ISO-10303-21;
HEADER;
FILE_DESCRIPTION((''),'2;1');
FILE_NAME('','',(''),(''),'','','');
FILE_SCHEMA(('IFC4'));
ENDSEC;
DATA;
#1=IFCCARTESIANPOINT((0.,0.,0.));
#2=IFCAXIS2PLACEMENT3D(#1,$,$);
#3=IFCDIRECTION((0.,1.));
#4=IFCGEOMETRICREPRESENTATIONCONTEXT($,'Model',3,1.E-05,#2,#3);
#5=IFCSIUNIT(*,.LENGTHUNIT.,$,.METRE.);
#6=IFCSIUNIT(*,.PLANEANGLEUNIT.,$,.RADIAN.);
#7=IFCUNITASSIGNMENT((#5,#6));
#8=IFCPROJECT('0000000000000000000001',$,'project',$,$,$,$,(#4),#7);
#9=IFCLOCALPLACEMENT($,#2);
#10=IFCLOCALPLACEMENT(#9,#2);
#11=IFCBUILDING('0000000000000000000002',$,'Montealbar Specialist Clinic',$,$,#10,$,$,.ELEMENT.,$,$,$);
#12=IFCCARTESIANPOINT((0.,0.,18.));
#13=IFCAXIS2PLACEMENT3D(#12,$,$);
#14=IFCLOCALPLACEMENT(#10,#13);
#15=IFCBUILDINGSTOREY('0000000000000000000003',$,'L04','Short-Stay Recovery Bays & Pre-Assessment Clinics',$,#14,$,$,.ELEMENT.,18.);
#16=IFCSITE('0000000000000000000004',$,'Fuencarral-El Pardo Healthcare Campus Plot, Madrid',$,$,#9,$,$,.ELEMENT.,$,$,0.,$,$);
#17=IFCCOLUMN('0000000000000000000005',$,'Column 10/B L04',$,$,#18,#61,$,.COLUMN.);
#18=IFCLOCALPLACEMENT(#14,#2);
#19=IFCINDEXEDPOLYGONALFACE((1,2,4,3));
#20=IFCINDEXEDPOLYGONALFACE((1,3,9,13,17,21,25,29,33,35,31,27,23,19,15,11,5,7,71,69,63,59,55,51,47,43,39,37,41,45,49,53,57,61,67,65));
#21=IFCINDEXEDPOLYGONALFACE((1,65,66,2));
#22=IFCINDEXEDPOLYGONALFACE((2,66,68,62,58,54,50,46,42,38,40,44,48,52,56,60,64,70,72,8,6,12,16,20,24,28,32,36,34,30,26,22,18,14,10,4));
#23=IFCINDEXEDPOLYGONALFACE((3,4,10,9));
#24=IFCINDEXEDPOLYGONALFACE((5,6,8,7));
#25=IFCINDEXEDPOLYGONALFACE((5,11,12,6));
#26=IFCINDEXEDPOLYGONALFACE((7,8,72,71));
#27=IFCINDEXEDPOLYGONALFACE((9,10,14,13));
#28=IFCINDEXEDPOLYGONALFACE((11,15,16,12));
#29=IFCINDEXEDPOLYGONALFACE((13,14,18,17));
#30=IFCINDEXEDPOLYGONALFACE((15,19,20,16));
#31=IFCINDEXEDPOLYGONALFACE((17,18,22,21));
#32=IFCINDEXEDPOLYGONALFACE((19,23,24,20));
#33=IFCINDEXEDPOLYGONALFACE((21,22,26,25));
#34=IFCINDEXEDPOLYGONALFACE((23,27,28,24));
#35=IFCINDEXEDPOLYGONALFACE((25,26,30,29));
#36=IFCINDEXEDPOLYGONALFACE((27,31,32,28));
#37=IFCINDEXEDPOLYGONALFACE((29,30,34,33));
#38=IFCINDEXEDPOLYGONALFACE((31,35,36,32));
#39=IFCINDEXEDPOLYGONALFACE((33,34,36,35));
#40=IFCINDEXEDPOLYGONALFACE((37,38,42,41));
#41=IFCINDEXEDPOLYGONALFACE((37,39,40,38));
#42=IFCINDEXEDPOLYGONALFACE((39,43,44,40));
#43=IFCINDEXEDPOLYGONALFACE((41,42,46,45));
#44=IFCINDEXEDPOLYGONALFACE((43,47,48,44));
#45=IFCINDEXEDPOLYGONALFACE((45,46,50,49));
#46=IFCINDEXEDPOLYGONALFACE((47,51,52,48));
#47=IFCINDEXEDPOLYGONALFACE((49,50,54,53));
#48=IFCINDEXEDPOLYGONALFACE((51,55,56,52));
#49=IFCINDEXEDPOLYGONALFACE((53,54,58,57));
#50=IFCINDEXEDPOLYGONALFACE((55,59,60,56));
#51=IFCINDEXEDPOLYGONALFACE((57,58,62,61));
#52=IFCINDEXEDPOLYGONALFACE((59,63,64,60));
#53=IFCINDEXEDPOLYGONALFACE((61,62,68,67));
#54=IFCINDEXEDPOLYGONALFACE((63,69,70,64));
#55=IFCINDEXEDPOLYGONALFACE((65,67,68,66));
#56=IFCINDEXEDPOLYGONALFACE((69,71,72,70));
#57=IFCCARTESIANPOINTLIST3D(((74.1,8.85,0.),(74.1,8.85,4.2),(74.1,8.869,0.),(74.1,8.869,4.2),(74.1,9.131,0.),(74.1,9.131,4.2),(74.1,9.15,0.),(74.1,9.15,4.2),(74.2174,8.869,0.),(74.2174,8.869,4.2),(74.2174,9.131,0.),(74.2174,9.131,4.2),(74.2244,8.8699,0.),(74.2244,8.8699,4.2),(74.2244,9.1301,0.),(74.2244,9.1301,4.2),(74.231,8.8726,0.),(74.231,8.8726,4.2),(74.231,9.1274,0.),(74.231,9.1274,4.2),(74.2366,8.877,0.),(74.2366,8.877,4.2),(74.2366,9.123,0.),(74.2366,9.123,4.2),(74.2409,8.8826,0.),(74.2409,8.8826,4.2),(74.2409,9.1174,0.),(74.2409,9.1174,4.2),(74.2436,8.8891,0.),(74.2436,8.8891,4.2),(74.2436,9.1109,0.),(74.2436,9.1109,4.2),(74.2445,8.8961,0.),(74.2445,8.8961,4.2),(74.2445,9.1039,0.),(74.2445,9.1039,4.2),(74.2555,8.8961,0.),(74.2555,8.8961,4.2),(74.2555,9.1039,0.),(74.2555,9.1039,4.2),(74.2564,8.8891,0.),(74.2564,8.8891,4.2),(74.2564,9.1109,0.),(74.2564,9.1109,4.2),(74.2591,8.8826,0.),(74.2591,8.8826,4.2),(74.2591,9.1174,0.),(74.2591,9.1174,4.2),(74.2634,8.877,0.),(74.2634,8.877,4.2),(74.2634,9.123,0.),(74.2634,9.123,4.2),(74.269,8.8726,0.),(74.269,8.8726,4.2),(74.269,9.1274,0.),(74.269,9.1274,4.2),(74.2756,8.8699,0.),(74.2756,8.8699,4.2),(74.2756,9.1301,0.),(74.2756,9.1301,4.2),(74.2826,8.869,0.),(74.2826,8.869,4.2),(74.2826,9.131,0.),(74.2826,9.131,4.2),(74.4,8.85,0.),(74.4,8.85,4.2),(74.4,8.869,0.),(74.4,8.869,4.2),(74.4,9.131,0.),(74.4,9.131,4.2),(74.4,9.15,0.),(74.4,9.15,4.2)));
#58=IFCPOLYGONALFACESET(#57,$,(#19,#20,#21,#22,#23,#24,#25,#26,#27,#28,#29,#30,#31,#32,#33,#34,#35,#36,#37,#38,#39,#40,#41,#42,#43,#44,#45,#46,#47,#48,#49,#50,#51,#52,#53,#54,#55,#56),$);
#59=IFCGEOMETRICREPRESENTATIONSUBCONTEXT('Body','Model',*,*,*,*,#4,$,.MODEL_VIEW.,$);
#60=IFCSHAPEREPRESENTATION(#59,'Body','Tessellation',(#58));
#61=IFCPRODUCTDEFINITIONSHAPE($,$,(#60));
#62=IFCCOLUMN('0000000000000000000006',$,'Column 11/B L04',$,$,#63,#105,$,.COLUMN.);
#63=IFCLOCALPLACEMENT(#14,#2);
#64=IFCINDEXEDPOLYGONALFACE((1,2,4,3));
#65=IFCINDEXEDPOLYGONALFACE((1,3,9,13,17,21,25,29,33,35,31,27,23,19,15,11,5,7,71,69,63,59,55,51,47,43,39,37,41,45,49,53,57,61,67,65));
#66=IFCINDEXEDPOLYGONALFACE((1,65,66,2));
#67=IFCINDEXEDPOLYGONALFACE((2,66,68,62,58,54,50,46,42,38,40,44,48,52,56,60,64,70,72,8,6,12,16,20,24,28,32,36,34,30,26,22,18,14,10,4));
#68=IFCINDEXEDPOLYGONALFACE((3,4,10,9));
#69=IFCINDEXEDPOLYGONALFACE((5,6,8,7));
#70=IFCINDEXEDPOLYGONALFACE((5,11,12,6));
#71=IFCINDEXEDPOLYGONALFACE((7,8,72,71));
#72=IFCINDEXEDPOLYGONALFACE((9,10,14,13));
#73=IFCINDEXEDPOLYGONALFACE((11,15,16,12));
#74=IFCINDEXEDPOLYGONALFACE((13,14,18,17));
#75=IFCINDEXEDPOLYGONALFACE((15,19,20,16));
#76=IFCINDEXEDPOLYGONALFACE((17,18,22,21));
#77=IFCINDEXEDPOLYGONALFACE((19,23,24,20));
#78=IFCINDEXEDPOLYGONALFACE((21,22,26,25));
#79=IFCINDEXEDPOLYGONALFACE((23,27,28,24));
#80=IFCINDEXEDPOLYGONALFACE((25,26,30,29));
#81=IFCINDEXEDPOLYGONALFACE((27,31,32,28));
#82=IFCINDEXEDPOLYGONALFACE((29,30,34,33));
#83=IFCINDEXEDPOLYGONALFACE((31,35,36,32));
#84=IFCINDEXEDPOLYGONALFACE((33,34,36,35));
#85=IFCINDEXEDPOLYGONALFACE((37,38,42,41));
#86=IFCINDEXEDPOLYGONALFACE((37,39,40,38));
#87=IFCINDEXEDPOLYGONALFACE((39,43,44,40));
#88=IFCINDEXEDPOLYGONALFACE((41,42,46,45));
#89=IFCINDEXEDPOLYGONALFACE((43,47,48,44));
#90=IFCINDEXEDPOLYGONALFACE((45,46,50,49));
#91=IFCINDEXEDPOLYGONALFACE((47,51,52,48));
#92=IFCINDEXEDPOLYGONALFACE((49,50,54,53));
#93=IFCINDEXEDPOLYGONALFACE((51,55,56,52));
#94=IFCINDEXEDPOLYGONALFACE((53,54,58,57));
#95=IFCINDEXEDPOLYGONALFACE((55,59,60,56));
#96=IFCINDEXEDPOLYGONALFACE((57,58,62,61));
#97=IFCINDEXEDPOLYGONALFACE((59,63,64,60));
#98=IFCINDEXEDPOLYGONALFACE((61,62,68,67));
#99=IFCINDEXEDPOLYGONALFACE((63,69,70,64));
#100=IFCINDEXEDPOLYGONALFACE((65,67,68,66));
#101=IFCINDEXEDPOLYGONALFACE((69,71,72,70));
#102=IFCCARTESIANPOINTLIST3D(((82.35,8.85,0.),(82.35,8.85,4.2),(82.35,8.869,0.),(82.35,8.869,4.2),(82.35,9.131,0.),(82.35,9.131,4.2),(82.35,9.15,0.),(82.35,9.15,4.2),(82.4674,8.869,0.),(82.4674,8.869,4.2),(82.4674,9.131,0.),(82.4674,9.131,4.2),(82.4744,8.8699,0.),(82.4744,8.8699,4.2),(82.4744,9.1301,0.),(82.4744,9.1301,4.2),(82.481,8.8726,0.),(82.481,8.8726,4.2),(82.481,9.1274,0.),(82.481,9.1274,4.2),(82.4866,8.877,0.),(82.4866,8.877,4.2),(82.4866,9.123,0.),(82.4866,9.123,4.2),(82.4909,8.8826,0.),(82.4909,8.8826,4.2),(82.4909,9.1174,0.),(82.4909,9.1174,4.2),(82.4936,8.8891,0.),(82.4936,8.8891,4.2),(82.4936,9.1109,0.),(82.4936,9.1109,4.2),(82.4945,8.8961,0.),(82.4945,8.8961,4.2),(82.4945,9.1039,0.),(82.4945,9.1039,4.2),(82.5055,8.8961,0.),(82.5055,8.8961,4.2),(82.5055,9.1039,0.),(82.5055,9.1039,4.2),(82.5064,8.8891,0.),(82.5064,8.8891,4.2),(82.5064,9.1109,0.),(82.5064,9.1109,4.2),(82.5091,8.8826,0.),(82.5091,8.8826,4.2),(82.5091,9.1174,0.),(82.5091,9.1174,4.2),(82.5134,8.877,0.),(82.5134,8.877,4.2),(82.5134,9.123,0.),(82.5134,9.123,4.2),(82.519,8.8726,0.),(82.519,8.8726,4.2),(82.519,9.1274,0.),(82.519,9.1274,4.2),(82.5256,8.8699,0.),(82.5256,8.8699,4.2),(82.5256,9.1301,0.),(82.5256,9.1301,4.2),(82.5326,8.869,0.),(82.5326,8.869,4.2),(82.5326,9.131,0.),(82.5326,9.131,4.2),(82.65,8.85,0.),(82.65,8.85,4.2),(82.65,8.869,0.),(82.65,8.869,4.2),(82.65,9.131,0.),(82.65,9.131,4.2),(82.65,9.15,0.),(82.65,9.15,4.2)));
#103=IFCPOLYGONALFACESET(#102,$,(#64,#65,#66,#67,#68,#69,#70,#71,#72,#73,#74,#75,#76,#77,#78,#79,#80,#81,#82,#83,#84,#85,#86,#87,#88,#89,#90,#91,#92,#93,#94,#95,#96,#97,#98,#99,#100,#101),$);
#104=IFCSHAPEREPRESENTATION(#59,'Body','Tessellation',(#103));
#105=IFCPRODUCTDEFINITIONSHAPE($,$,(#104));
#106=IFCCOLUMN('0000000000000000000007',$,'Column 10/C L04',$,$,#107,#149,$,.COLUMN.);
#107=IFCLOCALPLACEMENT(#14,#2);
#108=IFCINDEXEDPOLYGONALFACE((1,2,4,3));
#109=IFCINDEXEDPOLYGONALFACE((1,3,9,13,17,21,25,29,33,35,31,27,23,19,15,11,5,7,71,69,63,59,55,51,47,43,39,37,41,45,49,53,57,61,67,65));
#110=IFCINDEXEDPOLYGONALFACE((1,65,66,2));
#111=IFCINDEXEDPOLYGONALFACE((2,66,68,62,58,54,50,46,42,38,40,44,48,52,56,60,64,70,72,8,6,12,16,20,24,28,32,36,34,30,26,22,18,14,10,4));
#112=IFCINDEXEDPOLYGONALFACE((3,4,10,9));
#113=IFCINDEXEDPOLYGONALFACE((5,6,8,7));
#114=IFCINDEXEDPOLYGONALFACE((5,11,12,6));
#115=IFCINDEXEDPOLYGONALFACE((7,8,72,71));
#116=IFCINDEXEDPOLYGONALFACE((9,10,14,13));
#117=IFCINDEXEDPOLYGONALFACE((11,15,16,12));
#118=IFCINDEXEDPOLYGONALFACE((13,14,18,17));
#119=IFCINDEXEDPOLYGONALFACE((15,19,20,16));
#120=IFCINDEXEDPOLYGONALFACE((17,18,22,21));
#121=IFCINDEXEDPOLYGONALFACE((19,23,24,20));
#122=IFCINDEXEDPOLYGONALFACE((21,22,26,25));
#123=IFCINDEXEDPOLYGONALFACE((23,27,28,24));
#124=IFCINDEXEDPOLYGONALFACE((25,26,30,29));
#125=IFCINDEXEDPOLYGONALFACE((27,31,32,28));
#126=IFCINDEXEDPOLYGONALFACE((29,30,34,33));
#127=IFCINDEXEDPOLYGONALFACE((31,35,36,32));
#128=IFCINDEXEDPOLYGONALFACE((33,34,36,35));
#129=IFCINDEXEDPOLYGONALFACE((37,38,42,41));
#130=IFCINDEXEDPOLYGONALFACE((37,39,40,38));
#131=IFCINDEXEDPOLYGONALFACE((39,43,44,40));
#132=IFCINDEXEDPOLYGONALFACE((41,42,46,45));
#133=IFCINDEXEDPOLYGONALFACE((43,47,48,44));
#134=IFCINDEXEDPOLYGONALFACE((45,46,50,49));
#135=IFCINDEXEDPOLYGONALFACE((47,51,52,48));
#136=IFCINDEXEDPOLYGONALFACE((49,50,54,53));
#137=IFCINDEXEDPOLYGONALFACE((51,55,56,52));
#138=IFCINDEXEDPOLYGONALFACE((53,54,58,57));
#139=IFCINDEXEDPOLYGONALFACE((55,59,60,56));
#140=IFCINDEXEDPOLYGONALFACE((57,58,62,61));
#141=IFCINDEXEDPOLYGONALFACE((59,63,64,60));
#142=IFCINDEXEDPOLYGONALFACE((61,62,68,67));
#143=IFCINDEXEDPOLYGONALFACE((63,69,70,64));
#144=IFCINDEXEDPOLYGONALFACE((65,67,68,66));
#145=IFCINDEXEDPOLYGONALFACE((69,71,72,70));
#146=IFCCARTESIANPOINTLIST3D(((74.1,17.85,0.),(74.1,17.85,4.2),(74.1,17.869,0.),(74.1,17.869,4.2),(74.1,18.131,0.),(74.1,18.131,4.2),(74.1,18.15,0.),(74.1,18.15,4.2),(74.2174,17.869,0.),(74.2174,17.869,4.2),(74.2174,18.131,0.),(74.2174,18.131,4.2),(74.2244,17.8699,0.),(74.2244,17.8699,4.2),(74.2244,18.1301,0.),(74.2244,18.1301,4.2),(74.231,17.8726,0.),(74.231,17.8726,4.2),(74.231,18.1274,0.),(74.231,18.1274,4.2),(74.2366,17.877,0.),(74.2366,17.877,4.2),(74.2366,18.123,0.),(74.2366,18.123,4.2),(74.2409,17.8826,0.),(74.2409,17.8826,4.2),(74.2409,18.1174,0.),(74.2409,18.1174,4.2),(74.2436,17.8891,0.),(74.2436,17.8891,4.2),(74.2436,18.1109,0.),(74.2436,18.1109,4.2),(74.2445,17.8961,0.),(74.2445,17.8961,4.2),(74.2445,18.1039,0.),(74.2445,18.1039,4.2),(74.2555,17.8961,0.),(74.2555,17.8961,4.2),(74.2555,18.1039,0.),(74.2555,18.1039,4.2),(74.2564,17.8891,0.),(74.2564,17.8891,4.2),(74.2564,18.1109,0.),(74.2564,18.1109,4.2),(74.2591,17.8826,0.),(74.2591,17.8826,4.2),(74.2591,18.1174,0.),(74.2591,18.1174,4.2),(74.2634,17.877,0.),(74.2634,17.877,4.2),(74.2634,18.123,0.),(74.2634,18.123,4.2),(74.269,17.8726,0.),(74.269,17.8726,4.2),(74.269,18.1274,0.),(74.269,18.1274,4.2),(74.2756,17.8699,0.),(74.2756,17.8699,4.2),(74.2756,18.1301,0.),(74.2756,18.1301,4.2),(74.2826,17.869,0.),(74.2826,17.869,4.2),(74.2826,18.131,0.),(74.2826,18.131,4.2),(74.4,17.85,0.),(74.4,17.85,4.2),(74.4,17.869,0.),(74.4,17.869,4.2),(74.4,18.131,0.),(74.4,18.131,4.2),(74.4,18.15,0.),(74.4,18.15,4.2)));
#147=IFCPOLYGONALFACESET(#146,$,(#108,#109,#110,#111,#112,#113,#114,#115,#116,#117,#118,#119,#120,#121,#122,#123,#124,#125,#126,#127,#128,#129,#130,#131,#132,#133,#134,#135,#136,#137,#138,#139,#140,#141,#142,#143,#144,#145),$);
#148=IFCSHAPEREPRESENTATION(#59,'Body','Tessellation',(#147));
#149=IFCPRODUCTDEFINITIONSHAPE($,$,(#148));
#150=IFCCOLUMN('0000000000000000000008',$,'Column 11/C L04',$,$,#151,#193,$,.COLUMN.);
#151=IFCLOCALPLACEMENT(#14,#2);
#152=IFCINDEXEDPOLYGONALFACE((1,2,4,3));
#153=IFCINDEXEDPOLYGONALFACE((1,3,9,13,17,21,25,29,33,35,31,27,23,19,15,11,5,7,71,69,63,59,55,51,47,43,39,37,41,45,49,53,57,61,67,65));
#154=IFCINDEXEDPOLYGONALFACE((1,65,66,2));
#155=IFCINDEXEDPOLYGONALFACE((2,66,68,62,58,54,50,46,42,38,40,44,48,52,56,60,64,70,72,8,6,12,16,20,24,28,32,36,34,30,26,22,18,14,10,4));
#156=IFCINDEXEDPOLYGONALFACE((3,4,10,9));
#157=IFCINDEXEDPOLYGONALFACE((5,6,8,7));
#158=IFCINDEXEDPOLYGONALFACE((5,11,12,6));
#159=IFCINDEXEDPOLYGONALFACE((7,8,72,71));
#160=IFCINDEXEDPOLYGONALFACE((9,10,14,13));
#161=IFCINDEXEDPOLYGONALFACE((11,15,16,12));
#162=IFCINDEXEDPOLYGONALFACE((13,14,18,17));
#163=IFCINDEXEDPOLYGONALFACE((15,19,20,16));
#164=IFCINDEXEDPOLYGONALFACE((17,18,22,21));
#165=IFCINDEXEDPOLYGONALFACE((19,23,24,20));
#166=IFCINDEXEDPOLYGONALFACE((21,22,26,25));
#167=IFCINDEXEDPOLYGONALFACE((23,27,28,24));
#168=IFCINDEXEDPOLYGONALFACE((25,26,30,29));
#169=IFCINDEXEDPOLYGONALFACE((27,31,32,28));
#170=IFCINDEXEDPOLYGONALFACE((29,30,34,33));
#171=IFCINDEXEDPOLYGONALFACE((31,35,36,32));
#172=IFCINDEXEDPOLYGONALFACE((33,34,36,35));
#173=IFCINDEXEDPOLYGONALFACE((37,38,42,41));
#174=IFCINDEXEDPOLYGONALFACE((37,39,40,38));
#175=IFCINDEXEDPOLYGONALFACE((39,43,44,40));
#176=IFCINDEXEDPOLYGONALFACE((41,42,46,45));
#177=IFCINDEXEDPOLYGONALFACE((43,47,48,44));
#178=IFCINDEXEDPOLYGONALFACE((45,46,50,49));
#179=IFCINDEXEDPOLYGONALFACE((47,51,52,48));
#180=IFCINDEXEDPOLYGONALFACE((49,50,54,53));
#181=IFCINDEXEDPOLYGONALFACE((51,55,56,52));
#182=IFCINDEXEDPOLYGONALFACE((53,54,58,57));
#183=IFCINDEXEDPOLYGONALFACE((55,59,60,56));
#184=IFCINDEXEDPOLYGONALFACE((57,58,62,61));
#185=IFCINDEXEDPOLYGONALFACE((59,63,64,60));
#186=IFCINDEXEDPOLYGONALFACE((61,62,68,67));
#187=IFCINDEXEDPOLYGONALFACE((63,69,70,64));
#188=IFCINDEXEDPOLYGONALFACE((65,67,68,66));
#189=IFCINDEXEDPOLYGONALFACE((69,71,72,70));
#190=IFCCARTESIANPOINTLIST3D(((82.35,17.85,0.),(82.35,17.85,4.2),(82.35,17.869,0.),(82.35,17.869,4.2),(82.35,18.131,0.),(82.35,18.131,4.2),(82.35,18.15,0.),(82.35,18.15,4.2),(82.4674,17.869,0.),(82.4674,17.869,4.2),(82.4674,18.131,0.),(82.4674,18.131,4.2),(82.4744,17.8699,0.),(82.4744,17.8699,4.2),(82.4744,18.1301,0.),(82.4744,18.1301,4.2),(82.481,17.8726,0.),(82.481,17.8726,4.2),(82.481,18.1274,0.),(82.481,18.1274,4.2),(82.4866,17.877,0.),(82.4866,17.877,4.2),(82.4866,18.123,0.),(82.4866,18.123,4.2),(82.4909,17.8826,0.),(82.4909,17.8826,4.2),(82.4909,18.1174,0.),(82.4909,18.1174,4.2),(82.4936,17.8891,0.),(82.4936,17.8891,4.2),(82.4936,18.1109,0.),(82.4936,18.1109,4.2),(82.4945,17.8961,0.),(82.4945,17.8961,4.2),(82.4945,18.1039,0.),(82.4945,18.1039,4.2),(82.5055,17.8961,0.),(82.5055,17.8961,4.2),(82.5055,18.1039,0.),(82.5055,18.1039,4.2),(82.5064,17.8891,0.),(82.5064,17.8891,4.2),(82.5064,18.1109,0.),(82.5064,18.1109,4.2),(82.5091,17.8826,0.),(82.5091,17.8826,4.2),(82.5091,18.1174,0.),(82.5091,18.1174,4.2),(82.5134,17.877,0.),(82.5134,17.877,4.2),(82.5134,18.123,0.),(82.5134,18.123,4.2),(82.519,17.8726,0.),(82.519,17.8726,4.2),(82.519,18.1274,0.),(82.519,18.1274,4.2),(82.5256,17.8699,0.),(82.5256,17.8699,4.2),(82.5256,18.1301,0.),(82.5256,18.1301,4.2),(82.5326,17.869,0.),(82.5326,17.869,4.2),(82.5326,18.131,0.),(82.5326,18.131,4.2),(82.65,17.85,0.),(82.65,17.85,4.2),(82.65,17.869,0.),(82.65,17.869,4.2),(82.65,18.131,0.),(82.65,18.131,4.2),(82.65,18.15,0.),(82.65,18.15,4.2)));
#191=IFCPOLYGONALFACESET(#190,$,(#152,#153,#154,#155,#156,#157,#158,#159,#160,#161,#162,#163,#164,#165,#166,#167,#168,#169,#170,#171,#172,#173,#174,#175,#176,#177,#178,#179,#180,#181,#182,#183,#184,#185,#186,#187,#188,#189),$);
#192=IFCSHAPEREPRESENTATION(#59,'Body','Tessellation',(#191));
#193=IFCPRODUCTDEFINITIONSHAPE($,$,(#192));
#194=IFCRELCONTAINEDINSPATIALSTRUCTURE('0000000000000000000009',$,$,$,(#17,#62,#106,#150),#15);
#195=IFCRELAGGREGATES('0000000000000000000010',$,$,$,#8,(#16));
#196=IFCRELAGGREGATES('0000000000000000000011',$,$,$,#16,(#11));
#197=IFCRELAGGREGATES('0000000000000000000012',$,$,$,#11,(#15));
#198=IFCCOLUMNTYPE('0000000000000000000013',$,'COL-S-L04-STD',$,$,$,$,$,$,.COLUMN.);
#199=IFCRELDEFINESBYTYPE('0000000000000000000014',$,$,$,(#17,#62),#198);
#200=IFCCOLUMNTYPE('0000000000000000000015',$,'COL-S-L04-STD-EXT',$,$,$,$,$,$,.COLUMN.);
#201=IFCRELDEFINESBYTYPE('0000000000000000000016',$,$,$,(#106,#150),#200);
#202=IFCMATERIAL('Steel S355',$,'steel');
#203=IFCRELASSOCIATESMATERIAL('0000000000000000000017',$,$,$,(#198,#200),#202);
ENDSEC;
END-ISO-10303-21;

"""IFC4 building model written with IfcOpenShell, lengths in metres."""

from ifc_helpers import new_model, si_unit, direction, frame, origin, origin_2d, place, context, subcontext, project, spatial, i_section, extrude, material, material_profile, profile_set, type_object, element, save


model = new_model("IFC4")

# Units and contexts
model_context = context("Model", 3, precision=1e-05, world=origin(), true_north=direction((0.0, 1.0)))
body_context = subcontext(model_context, "Body", "Model", "MODEL_VIEW")
ifc_project = project(units=[si_unit("LENGTHUNIT", "METRE"), si_unit("PLANEANGLEUNIT", "RADIAN")], contexts=[model_context])

# Site, building, storey
site_placement = place(None, origin())
site = spatial("IfcSite", under=ifc_project, at=site_placement, Name="Fuencarral-El Pardo Healthcare Campus Plot, Madrid", CompositionType="ELEMENT", RefElevation=0.0)
building_placement = place(site_placement, origin())
building = spatial("IfcBuilding", under=site, at=building_placement, Name="Montealbar Specialist Clinic", CompositionType="ELEMENT")
storey_placement = place(building_placement, frame((0.0, 0.0, 18.0)))
storey = spatial("IfcBuildingStorey", under=building, at=storey_placement, Name="L04", Description="Short-Stay Recovery Bays & Pre-Assessment Clinics", CompositionType="ELEMENT", Elevation=18.0)

# Columns
ifc_material_1 = material(Name="Steel S355", Category="steel")
ifc_material_profile_1 = material_profile(ifc_material_1, i_section(OverallWidth=0.3, OverallDepth=0.3, WebThickness=0.011, FlangeThickness=0.019, FilletRadius=0.0271, at=origin_2d()), Name="HEB 300", Category="steel")
ifc_profile_set_1 = profile_set([ifc_material_profile_1], Name="Steel S355")
column_type_1 = type_object("IfcColumnType", Name="COL-S-L04-STD", PredefinedType="COLUMN", material=ifc_profile_set_1)
for number, where, z_axis, x_axis, name in (
    (1, (74.25, 9.0, 0.0), (0.0, 0.0, 1.0), (1.0, 0.0, 0.0), "Column 10/B L04"),
    (2, (82.5, 9.0, 0.0), (0.0, 0.0, 1.0), (1.0, 0.0, 0.0), "Column 11/B L04"),
):
    element("IfcColumn", number, at=place(storey_placement, frame(where, z_axis=z_axis, x_axis=x_axis)), inside=storey, type_object=column_type_1, Name=name, PredefinedType="COLUMN", context=body_context, shape_type="SweptSolid", body=[
        extrude(i_section(OverallWidth=0.3, OverallDepth=0.3, WebThickness=0.011, FlangeThickness=0.019, FilletRadius=0.0271, at=origin_2d()), origin(), (0.0, 0.0, 1.0), 4.2),
    ])
ifc_material_profile_2 = material_profile(ifc_material_1, i_section(OverallWidth=0.3, OverallDepth=0.3, WebThickness=0.011, FlangeThickness=0.019, FilletRadius=0.0271, at=origin_2d()), Name="HEB 300", Category="steel")
ifc_profile_set_2 = profile_set([ifc_material_profile_2], Name="Steel S355")
column_type_2 = type_object("IfcColumnType", Name="COL-S-L04-STD-EXT", PredefinedType="COLUMN", material=ifc_profile_set_2)
for number, where, z_axis, x_axis, name in (
    (3, (74.25, 18.0, 0.0), (0.0, 0.0, 1.0), (1.0, 0.0, 0.0), "Column 10/C L04"),
    (4, (82.5, 18.0, 0.0), (0.0, 0.0, 1.0), (1.0, 0.0, 0.0), "Column 11/C L04"),
):
    element("IfcColumn", number, at=place(storey_placement, frame(where, z_axis=z_axis, x_axis=x_axis)), inside=storey, type_object=column_type_2, Name=name, PredefinedType="COLUMN", context=body_context, shape_type="SweptSolid", body=[
        extrude(i_section(OverallWidth=0.3, OverallDepth=0.3, WebThickness=0.011, FlangeThickness=0.019, FilletRadius=0.0271, at=origin_2d()), origin(), (0.0, 0.0, 1.0), 4.2),
    ])

save(model, "model.ifc")
